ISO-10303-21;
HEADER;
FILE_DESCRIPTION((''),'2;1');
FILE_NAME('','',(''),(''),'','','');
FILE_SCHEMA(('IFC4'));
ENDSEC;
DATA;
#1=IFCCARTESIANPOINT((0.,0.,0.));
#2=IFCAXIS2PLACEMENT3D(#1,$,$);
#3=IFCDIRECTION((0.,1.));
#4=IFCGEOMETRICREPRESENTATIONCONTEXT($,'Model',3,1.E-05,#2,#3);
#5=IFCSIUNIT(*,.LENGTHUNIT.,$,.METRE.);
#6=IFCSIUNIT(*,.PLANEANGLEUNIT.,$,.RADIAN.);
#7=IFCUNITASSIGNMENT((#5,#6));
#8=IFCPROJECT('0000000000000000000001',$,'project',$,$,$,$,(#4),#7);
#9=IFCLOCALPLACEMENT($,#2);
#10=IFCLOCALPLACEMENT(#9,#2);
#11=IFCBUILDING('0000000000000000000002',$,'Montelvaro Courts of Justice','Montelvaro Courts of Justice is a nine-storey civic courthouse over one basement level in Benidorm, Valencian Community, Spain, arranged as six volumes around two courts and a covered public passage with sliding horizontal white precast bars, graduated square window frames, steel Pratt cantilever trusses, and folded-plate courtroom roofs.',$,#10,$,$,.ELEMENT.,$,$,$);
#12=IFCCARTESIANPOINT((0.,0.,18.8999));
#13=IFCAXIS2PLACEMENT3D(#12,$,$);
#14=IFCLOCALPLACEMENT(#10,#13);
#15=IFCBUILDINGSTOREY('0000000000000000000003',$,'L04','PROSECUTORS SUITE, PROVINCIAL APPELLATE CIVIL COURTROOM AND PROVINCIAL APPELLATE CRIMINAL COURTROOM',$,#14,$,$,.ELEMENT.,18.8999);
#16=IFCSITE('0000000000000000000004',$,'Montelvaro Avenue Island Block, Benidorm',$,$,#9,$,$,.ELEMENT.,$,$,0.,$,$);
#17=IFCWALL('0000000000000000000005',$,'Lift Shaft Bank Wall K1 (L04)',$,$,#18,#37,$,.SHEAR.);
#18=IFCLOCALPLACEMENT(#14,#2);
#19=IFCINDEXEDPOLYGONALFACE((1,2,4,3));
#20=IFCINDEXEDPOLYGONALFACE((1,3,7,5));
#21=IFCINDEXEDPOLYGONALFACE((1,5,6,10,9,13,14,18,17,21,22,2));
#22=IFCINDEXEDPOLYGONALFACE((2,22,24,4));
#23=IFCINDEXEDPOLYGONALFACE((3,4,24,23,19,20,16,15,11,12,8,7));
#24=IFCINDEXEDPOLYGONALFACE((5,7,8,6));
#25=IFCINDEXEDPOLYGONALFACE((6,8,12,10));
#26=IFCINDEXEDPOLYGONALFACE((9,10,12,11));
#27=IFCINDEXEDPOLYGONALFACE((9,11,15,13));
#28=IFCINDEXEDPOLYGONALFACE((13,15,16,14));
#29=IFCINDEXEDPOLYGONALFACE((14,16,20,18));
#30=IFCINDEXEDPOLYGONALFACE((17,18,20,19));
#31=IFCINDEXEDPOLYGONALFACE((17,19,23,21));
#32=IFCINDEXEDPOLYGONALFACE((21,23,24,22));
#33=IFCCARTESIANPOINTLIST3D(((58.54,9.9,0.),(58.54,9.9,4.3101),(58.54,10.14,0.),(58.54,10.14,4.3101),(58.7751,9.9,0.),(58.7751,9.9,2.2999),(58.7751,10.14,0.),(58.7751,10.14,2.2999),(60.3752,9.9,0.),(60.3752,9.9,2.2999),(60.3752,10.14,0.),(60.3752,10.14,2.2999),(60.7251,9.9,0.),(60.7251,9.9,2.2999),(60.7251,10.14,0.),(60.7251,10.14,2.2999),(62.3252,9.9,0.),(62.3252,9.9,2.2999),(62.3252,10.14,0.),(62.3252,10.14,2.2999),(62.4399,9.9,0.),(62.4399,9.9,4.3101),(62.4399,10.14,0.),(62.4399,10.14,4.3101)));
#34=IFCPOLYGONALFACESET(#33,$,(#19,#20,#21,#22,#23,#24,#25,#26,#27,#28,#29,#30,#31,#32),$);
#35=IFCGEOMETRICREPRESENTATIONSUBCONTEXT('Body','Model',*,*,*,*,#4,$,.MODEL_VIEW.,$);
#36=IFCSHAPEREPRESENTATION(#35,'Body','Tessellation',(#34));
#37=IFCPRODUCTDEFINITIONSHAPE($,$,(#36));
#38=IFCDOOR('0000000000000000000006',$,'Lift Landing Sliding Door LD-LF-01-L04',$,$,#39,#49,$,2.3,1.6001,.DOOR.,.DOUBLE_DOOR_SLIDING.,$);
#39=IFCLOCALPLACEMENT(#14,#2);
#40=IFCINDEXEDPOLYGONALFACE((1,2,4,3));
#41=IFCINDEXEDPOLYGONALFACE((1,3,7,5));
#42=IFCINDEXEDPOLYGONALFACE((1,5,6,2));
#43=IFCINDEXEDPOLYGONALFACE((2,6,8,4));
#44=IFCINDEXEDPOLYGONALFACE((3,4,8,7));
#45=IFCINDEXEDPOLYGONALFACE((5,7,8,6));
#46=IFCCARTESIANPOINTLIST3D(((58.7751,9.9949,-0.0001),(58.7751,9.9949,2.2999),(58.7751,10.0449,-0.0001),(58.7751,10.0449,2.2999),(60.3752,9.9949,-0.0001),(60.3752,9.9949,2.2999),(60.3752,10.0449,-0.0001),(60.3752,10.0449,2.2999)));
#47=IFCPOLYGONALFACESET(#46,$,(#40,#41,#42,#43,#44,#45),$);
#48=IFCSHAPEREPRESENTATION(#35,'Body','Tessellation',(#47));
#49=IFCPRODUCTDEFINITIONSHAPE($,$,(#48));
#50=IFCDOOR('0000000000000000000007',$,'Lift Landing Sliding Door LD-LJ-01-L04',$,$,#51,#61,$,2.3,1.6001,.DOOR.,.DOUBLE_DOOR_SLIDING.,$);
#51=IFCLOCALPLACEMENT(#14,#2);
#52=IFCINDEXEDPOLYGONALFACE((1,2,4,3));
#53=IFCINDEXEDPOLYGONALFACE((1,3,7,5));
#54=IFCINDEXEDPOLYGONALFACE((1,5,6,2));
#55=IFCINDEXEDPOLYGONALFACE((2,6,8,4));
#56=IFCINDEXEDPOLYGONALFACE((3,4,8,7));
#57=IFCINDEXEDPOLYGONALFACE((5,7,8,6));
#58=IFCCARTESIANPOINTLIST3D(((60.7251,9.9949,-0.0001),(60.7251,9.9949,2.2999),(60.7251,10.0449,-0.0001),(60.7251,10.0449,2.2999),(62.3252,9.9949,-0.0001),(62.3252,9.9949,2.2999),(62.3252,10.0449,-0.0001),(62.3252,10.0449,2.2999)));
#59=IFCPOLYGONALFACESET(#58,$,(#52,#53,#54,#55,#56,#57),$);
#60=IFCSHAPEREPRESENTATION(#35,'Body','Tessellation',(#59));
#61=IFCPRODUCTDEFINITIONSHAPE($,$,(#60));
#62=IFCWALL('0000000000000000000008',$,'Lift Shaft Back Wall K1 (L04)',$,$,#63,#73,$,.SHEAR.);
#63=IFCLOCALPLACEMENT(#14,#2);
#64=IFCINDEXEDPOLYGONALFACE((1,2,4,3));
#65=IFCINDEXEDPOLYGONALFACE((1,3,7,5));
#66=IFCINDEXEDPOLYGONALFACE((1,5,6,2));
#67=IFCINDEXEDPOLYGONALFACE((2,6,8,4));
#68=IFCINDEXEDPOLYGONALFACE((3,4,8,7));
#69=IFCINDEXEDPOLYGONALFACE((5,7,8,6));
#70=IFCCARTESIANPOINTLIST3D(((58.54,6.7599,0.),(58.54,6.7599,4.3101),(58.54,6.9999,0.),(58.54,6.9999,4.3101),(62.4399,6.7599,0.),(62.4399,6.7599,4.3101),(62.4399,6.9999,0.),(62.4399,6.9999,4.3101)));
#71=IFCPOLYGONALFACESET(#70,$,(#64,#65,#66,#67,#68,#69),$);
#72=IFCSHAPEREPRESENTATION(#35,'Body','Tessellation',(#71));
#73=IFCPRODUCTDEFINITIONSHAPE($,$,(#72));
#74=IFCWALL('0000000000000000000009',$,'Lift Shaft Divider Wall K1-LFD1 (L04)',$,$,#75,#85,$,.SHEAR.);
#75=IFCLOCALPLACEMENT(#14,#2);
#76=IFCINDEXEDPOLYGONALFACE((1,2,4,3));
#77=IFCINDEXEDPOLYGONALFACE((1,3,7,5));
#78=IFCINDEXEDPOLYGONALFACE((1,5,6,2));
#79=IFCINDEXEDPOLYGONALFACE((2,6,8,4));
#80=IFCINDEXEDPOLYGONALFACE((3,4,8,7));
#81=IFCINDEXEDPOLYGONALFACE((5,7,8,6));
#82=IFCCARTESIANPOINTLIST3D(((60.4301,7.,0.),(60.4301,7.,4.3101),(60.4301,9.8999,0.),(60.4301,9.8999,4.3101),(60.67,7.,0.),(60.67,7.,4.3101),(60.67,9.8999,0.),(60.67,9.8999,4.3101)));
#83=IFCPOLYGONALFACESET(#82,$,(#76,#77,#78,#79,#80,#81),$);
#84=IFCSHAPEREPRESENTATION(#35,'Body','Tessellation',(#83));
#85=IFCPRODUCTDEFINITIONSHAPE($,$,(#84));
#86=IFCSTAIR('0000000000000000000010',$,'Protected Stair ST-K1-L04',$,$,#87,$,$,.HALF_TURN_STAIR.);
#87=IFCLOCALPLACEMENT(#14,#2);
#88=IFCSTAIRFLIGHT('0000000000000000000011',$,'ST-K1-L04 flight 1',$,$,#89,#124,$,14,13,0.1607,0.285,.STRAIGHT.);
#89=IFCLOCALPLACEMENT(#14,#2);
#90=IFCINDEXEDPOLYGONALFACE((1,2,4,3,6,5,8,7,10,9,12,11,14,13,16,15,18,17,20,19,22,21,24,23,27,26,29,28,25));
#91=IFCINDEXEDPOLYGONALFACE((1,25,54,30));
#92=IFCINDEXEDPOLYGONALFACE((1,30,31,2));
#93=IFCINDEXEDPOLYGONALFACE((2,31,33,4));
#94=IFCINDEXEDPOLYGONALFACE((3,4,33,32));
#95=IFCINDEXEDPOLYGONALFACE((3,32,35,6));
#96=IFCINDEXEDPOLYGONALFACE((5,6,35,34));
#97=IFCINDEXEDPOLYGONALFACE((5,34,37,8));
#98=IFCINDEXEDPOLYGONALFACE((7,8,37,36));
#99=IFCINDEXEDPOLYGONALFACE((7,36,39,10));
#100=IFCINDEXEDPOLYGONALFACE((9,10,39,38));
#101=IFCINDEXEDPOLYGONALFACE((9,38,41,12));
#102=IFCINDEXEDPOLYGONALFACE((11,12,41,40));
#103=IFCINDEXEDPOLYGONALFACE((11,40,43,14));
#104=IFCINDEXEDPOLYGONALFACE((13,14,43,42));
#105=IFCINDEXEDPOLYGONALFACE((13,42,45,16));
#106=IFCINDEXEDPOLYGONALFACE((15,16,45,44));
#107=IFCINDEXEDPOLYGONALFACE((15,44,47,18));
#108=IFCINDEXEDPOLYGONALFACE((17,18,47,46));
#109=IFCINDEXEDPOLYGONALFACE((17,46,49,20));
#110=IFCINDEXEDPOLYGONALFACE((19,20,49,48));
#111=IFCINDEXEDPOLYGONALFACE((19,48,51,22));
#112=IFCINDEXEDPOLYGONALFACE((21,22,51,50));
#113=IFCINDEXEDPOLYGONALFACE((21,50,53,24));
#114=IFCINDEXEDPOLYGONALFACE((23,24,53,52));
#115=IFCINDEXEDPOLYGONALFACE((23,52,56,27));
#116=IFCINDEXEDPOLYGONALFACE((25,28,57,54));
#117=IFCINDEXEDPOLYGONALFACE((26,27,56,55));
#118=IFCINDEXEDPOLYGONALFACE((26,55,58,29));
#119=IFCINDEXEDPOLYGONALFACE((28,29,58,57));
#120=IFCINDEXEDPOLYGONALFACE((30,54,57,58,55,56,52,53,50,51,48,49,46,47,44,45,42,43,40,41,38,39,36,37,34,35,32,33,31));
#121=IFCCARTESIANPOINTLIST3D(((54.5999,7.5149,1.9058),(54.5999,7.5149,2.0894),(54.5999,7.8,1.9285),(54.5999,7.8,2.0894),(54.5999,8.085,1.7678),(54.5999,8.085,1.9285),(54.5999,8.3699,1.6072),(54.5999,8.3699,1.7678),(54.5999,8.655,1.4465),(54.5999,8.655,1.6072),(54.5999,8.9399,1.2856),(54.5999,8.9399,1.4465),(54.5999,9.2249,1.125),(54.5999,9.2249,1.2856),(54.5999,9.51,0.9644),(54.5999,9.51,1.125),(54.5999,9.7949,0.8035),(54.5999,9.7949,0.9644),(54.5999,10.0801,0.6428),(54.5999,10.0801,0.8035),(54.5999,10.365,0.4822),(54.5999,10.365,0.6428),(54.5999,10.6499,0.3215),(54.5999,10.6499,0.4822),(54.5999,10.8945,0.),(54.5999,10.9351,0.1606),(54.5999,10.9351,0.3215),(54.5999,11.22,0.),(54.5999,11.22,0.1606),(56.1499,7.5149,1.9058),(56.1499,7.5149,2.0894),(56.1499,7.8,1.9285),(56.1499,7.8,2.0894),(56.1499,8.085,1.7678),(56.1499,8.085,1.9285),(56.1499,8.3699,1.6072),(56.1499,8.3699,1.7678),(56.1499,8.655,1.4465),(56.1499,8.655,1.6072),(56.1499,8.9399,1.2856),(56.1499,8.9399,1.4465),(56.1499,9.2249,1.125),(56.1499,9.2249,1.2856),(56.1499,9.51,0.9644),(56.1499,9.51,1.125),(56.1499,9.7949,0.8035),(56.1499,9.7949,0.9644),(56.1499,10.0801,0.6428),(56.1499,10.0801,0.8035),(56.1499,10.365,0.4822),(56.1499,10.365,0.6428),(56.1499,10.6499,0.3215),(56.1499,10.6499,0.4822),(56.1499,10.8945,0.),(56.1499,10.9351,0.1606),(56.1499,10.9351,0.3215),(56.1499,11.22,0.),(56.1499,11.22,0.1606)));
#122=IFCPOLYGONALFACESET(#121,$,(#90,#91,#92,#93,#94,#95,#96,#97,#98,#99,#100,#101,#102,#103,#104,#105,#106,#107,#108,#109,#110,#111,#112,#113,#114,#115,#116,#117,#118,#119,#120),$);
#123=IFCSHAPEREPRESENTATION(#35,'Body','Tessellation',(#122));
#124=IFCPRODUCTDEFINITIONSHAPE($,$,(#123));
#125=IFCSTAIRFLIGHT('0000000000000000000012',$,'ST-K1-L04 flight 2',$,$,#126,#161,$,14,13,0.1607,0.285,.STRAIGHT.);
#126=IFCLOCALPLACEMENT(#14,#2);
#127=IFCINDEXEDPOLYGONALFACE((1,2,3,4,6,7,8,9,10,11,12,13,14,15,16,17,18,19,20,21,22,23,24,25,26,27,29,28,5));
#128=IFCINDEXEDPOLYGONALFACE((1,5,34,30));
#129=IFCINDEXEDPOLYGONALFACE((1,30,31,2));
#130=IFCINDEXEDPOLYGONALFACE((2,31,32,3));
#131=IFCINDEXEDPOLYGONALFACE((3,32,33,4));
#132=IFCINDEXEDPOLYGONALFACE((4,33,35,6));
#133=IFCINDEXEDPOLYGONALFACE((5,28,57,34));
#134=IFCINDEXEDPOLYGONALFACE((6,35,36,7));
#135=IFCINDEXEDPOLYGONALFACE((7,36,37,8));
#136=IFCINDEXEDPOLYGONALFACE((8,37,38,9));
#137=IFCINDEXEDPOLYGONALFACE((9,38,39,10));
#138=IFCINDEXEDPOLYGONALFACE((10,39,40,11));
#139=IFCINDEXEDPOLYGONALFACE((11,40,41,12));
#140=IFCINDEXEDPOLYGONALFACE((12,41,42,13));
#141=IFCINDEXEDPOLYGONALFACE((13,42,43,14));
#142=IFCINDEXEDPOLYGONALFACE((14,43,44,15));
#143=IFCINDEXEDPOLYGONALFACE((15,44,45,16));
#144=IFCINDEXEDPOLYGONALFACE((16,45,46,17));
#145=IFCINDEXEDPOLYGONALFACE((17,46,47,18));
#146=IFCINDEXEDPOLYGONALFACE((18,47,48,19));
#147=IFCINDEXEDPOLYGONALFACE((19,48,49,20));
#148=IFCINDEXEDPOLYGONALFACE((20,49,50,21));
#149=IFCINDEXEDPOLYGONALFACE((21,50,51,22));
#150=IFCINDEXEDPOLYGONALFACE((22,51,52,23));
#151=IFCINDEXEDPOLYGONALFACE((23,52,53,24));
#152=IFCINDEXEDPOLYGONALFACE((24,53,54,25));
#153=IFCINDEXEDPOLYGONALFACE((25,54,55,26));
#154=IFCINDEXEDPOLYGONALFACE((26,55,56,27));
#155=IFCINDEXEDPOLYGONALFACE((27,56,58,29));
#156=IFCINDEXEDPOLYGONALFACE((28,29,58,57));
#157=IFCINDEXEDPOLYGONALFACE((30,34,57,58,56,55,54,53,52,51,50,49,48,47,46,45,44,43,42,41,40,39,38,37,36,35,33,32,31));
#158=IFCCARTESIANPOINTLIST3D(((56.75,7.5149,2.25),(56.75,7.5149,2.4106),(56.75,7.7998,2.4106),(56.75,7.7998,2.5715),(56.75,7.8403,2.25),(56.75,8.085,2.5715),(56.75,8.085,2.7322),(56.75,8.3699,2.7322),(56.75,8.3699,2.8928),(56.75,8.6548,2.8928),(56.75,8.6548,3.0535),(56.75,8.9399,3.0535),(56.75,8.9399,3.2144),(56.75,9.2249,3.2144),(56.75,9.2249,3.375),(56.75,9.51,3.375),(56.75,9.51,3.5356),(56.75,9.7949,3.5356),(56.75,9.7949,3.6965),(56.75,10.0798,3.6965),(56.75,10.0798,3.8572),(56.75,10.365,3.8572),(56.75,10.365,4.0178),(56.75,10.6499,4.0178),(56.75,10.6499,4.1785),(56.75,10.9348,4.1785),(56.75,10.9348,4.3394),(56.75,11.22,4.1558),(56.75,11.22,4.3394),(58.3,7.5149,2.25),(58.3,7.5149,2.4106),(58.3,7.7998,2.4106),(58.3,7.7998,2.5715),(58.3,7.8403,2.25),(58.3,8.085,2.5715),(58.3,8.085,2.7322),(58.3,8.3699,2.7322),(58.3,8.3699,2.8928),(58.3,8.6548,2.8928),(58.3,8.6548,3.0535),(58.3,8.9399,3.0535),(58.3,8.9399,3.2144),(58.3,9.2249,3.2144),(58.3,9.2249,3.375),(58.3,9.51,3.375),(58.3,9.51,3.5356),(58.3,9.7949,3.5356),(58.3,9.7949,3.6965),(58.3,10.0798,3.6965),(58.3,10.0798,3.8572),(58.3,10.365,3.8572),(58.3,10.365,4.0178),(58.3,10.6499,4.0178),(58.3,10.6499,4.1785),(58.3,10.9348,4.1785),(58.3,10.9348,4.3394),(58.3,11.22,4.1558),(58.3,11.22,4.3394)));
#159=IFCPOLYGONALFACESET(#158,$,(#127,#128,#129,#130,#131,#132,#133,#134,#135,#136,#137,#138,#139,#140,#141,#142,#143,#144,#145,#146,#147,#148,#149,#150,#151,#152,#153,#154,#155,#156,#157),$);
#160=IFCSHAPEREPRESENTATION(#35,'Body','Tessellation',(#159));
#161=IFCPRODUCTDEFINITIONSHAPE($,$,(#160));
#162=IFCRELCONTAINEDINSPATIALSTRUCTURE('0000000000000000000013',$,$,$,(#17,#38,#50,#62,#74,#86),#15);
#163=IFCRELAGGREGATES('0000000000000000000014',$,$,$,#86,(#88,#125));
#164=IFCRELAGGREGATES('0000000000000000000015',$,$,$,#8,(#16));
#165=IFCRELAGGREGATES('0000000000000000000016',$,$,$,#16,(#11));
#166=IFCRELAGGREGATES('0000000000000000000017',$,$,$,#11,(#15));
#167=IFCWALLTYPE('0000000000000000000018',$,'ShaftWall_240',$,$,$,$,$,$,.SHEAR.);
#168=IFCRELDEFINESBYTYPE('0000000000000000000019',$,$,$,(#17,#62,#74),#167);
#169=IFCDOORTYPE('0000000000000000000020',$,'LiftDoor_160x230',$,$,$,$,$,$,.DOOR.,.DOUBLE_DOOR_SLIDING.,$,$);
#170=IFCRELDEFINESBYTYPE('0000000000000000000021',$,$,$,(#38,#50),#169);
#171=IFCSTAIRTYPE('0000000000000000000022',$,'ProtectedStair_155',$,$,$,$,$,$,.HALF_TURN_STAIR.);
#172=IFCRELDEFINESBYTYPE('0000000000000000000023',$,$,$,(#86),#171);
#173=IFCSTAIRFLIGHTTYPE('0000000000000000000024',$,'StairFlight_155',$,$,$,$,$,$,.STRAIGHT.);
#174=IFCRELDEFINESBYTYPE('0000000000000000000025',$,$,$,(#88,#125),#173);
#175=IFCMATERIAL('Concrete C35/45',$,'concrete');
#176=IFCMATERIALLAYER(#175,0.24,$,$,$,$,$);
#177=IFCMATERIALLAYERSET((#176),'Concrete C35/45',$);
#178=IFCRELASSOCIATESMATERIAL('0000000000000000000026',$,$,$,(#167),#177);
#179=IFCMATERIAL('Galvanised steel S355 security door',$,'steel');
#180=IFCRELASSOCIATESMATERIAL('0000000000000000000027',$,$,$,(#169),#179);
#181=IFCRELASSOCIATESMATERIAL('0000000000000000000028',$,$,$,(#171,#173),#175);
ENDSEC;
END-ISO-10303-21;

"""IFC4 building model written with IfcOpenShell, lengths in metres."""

from ifc_helpers import new_model, si_unit, direction, frame, frame_2d, origin, place, context, subcontext, project, spatial, polyline, rectangle, outline, extrude, material, layer, layer_set, type_object, element, fill, aggregate, save


model = new_model("IFC4")

# Units and contexts
model_context = context("Model", 3, precision=1e-05, world=origin(), true_north=direction((0.0, 1.0)))
body_context = subcontext(model_context, "Body", "Model", "MODEL_VIEW")
ifc_project = project(units=[si_unit("LENGTHUNIT", "METRE"), si_unit("PLANEANGLEUNIT", "RADIAN")], contexts=[model_context])

# Site, building, storey
site_placement = place(None, origin())
site = spatial("IfcSite", under=ifc_project, at=site_placement, Name="Montelvaro Avenue Island Block, Benidorm", CompositionType="ELEMENT", RefElevation=0.0)
building_placement = place(site_placement, origin())
building = spatial("IfcBuilding", under=site, at=building_placement, Name="Montelvaro Courts of Justice", Description="Montelvaro Courts of Justice is a nine-storey civic courthouse over one basement level in Benidorm, Valencian Community, Spain, arranged as six volumes around two courts and a covered public passage with sliding horizontal white precast bars, graduated square window frames, steel Pratt cantilever trusses, and folded-plate courtroom roofs.", CompositionType="ELEMENT")
storey_placement = place(building_placement, frame((0.0, 0.0, 18.8999)))
storey = spatial("IfcBuildingStorey", under=building, at=storey_placement, Name="L04", Description="PROSECUTORS SUITE, PROVINCIAL APPELLATE CIVIL COURTROOM AND PROVINCIAL APPELLATE CRIMINAL COURTROOM", CompositionType="ELEMENT", Elevation=18.8999)

# Shared definitions
ifc_material_1 = material(Name="Concrete C35/45", Category="concrete")
ifc_layer_1 = layer(ifc_material_1, 0.24)
ifc_layer_set_1 = layer_set([ifc_layer_1], Name="Concrete C35/45")
wall_type_1 = type_object("IfcWallType", Name="ShaftWall_240", PredefinedType="SHEAR", material=ifc_layer_set_1)

# Wall, openings, doors
wall_1_placement = place(storey_placement, frame((58.54, 10.02, 0.0), z_axis=(0.0, 0.0, 1.0), x_axis=(1.0, 0.0, 0.0)))
wall_1 = element("IfcWall", 1, at=wall_1_placement, inside=storey, type_object=wall_type_1, Name="Lift Shaft Bank Wall K1 (L04)", PredefinedType="SHEAR", context=body_context, shape_type="SweptSolid", body=[
    extrude(rectangle(XDim=3.8999, YDim=0.24, at=frame_2d((1.95, 0.0))), origin(), (0.0, 0.0, 1.0), 4.3101),
])
opening_1_placement = place(wall_1_placement, frame((0.2351, 0.0, 0.0)))
opening_1 = element("IfcOpeningElement", 2, at=opening_1_placement, cuts=wall_1, PredefinedType="OPENING", context=body_context, shape_type="SweptSolid", body=[
    extrude(rectangle(XDim=1.6001, YDim=2.3, at=frame_2d((0.8, 1.1499))), frame((0.0, 0.1348, 0.0), z_axis=(0.0, -1.0, 0.0), x_axis=(1.0, 0.0, 0.0)), (0.0, 0.0, 1.0), 0.2698),
])
opening_2_placement = place(wall_1_placement, frame((2.1851, 0.0, 0.0)))
opening_2 = element("IfcOpeningElement", 3, at=opening_2_placement, cuts=wall_1, PredefinedType="OPENING", context=body_context, shape_type="SweptSolid", body=[
    extrude(rectangle(XDim=1.6001, YDim=2.3, at=frame_2d((0.8, 1.1499))), frame((0.0, 0.1348, 0.0), z_axis=(0.0, -1.0, 0.0), x_axis=(1.0, 0.0, 0.0)), (0.0, 0.0, 1.0), 0.2698),
])
ifc_material_2 = material(Name="Galvanised steel S355 security door", Category="steel")
door_type = type_object("IfcDoorType", Name="LiftDoor_160x230", OperationType="DOUBLE_DOOR_SLIDING", PredefinedType="DOOR", material=ifc_material_2)
door_1_placement = place(opening_1_placement, origin())
door_1 = element("IfcDoor", 4, at=door_1_placement, inside=storey, type_object=door_type, Name="Lift Landing Sliding Door LD-LF-01-L04", OperationType="DOUBLE_DOOR_SLIDING", OverallHeight=2.3, OverallWidth=1.6001, PredefinedType="DOOR", context=body_context, shape_type="SweptSolid", body=[
    extrude(rectangle(XDim=1.6001, YDim=2.3, at=frame_2d((0.8, 1.1499))), frame((0.0, 0.0249, 0.0), z_axis=(0.0, -1.0, 0.0), x_axis=(1.0, 0.0, 0.0)), (0.0, 0.0, 1.0), 0.05),
])
fill(opening_1, door_1)
door_2_placement = place(opening_2_placement, origin())
door_2 = element("IfcDoor", 5, at=door_2_placement, inside=storey, type_object=door_type, Name="Lift Landing Sliding Door LD-LJ-01-L04", OperationType="DOUBLE_DOOR_SLIDING", OverallHeight=2.3, OverallWidth=1.6001, PredefinedType="DOOR", context=body_context, shape_type="SweptSolid", body=[
    extrude(rectangle(XDim=1.6001, YDim=2.3, at=frame_2d((0.8, 1.1499))), frame((0.0, 0.0249, 0.0), z_axis=(0.0, -1.0, 0.0), x_axis=(1.0, 0.0, 0.0)), (0.0, 0.0, 1.0), 0.05),
])
fill(opening_2, door_2)

# Walls
wall_2_placement = place(storey_placement, frame((58.54, 6.8799, 0.0), z_axis=(0.0, 0.0, 1.0), x_axis=(1.0, 0.0, 0.0)))
element("IfcWall", 6, at=wall_2_placement, inside=storey, type_object=wall_type_1, Name="Lift Shaft Back Wall K1 (L04)", PredefinedType="SHEAR", context=body_context, shape_type="SweptSolid", body=[
    extrude(rectangle(XDim=3.8999, YDim=0.24, at=frame_2d((1.95, 0.0))), origin(), (0.0, 0.0, 1.0), 4.3101),
])
wall_3_placement = place(storey_placement, frame((60.55, 7.0, 0.0), z_axis=(0.0, 0.0, 1.0), x_axis=(0.0, 1.0, 0.0)))
element("IfcWall", 7, at=wall_3_placement, inside=storey, type_object=wall_type_1, Name="Lift Shaft Divider Wall K1-LFD1 (L04)", PredefinedType="SHEAR", context=body_context, shape_type="SweptSolid", body=[
    extrude(rectangle(XDim=2.8999, YDim=0.24, at=frame_2d((1.45, 0.0))), origin(), (0.0, 0.0, 1.0), 4.3101),
])

# Stair, stair flights
stair_type = type_object("IfcStairType", Name="ProtectedStair_155", PredefinedType="HALF_TURN_STAIR", material=ifc_material_1)
stair_placement = place(storey_placement, origin())
stair = element("IfcStair", 8, at=stair_placement, inside=storey, type_object=stair_type, Name="Protected Stair ST-K1-L04", PredefinedType="HALF_TURN_STAIR")
stair_flight_type = type_object("IfcStairFlightType", Name="StairFlight_155", PredefinedType="STRAIGHT", material=ifc_material_1)
stair_flight_1_placement = place(storey_placement, frame((55.375, 11.22, 0.0), z_axis=(0.0, 0.0, 1.0), x_axis=(0.0, -1.0, 0.0)))
stair_flight_1 = element("IfcStairFlight", 9, at=stair_flight_1_placement, type_object=stair_flight_type, Name="ST-K1-L04 flight 1", NumberOfRisers=14, NumberOfTreads=13, PredefinedType="STRAIGHT", RiserHeight=0.1607, TreadLength=0.285, context=body_context, shape_type="SweptSolid", body=[
    extrude(outline(polyline([(0.0, 0.0), (0.0, 0.1606), (0.2849, 0.1606), (0.2849, 0.3215), (0.5701, 0.3215), (0.5701, 0.4822), (0.855, 0.4822), (0.855, 0.6428), (1.1399, 0.6428), (1.1399, 0.8035), (1.425, 0.8035), (1.425, 0.9644), (1.71, 0.9644), (1.71, 1.125), (1.9951, 1.125), (1.9951, 1.2856), (2.28, 1.2856), (2.28, 1.4465), (2.5649, 1.4465), (2.5649, 1.6072), (2.8501, 1.6072), (2.8501, 1.7678), (3.135, 1.7678), (3.135, 1.9285), (3.4199, 1.9285), (3.4199, 2.0894), (3.7051, 2.0894), (3.7051, 2.25), (3.7051, 1.9058), (0.3254, 0.0), (0.0, 0.0)])), frame((0.0, 0.7749, 0.0), z_axis=(0.0, -1.0, 0.0), x_axis=(1.0, 0.0, 0.0)), (0.0, 0.0, 1.0), 1.55),
])
stair_flight_2_placement = place(storey_placement, frame((57.5249, 7.5149, 2.25), z_axis=(0.0, 0.0, 1.0), x_axis=(0.0, 1.0, 0.0)))
stair_flight_2 = element("IfcStairFlight", 10, at=stair_flight_2_placement, type_object=stair_flight_type, Name="ST-K1-L04 flight 2", NumberOfRisers=14, NumberOfTreads=13, PredefinedType="STRAIGHT", RiserHeight=0.1607, TreadLength=0.285, context=body_context, shape_type="SweptSolid", body=[
    extrude(outline(polyline([(0.0, 0.0), (0.0, 0.1606), (0.2849, 0.1606), (0.2849, 0.3215), (0.5701, 0.3215), (0.5701, 0.4822), (0.855, 0.4822), (0.855, 0.6428), (1.1399, 0.6428), (1.1399, 0.8035), (1.425, 0.8035), (1.425, 0.9644), (1.71, 0.9644), (1.71, 1.125), (1.9951, 1.125), (1.9951, 1.2856), (2.28, 1.2856), (2.28, 1.4465), (2.5649, 1.4465), (2.5649, 1.6072), (2.8501, 1.6072), (2.8501, 1.7678), (3.135, 1.7678), (3.135, 1.9285), (3.4199, 1.9285), (3.4199, 2.0894), (3.7051, 2.0894), (3.7051, 2.25), (3.7051, 1.9058), (0.3254, 0.0), (0.0, 0.0)])), frame((0.0, 0.7749, 0.0), z_axis=(0.0, -1.0, 0.0), x_axis=(1.0, 0.0, 0.0)), (0.0, 0.0, 1.0), 1.55),
])
aggregate(stair, [stair_flight_1, stair_flight_2])

save(model, "model.ifc")
